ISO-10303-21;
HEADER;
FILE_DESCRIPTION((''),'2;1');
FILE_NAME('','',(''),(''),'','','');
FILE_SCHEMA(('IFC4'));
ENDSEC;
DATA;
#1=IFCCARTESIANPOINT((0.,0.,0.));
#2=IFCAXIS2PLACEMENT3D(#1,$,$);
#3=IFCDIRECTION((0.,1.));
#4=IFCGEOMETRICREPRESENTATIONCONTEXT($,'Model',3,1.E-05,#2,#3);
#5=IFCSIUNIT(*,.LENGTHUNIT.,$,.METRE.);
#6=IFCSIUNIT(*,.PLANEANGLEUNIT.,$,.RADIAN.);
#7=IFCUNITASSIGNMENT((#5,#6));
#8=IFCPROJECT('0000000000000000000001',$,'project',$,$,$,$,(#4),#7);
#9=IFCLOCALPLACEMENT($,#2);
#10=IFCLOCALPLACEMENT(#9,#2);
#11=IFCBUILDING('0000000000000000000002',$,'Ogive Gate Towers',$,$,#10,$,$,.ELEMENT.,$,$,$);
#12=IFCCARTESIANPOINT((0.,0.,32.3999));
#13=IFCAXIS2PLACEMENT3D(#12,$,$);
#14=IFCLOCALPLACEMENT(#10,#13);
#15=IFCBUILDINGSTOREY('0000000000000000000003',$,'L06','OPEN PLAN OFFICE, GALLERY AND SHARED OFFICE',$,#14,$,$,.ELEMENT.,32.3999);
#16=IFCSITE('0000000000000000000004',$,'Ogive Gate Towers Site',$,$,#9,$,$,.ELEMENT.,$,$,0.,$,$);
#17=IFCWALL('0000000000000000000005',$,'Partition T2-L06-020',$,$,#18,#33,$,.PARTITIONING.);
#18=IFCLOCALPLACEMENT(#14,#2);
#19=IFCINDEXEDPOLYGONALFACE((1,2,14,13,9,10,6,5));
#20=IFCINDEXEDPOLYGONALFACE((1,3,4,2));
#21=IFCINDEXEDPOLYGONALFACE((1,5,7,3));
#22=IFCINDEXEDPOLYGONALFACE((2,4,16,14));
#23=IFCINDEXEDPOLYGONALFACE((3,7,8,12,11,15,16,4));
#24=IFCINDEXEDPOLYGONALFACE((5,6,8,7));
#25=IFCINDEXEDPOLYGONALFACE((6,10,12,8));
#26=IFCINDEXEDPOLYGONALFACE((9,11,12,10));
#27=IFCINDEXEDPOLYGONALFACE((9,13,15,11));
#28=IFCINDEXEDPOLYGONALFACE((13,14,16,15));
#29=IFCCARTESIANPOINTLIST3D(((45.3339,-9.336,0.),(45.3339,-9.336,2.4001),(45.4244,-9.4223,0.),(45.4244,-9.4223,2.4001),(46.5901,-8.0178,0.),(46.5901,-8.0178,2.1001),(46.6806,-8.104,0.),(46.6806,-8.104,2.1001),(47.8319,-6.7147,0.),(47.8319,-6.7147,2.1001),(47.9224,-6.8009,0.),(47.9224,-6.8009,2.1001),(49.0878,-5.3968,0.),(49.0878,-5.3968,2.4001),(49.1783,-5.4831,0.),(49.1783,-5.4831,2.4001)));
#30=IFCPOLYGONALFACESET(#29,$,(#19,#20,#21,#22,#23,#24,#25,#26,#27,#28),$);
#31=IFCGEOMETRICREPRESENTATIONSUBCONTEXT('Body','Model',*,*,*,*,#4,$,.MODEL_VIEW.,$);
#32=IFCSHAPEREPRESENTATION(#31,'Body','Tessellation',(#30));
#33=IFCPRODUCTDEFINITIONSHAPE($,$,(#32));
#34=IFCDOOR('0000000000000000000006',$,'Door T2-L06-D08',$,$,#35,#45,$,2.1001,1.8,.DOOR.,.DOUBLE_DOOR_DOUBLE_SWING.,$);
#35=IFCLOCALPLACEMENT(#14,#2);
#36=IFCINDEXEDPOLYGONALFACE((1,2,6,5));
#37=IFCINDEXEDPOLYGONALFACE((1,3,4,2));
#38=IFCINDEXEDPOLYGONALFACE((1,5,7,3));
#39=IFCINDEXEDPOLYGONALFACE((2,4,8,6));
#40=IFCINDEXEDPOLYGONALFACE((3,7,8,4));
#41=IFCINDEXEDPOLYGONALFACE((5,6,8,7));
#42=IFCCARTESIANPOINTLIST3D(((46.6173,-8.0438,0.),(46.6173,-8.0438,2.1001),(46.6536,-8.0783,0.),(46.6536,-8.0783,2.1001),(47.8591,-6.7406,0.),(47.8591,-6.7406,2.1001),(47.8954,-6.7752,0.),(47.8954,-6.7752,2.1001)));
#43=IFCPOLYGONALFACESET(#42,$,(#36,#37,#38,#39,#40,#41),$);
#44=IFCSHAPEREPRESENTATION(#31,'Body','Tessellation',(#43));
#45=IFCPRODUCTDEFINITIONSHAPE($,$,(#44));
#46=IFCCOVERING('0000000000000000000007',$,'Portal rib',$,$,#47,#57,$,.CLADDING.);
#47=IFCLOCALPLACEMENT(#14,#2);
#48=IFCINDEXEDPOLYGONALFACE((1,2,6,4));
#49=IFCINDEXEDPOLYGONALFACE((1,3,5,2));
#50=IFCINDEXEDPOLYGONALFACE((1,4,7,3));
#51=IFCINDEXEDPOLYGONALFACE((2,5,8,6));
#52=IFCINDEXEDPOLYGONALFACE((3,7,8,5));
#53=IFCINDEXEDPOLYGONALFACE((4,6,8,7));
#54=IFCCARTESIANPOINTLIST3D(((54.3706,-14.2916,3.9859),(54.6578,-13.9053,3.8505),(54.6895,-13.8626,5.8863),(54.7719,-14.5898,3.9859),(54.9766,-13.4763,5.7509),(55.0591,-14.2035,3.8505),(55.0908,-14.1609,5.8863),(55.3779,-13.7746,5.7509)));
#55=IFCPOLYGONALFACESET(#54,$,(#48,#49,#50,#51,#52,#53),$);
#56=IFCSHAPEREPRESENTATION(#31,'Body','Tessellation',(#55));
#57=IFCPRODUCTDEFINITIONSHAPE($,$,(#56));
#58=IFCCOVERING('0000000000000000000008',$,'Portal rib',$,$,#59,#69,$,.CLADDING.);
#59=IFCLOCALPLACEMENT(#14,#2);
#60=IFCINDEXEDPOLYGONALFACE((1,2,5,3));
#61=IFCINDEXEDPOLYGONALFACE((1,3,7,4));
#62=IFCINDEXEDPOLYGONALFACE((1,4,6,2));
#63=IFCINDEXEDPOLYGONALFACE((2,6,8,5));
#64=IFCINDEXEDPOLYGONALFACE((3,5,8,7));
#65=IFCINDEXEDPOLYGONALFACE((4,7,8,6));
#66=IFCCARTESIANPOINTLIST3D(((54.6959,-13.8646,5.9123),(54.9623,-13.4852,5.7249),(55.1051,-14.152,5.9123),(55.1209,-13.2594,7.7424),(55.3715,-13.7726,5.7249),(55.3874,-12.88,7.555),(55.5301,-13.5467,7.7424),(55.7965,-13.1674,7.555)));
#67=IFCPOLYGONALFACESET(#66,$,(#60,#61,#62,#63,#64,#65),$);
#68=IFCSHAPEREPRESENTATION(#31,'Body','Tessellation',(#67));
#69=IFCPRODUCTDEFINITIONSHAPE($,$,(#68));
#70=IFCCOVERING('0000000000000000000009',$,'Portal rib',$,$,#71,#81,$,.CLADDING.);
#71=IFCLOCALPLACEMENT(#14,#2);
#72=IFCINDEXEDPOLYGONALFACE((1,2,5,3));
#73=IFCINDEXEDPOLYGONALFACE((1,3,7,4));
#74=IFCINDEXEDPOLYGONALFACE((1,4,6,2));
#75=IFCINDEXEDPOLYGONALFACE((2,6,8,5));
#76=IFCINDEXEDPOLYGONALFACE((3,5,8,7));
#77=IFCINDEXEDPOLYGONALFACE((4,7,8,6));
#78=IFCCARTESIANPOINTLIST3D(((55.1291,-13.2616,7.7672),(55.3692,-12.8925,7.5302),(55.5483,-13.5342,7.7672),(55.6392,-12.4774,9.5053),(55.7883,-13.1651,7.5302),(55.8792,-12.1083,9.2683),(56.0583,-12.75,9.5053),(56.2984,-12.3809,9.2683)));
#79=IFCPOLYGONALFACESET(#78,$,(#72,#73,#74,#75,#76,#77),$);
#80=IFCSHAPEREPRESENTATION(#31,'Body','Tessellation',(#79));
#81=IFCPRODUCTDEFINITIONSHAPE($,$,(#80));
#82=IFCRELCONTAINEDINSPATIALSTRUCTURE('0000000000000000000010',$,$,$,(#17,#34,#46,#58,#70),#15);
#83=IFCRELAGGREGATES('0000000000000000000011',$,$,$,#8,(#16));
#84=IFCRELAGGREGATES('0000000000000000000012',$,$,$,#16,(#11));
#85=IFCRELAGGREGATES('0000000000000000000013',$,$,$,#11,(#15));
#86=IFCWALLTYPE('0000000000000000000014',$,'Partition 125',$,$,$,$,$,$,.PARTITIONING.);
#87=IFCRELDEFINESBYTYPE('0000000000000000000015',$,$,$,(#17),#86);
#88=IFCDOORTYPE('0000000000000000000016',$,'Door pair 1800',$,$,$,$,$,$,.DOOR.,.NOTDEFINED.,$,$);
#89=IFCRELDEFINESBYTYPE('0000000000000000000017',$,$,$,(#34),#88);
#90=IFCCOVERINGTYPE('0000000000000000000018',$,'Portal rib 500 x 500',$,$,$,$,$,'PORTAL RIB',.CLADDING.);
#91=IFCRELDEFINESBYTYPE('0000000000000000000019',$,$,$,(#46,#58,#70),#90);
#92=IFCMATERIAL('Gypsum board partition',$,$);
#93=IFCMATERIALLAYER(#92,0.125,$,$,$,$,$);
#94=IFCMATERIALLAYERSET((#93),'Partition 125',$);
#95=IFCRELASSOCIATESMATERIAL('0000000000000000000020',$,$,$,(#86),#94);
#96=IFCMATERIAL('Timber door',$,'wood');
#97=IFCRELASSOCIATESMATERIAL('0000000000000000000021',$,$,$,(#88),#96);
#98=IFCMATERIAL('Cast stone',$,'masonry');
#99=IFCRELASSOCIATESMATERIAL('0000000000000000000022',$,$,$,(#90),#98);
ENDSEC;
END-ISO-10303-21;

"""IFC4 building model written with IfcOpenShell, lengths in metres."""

from ifc_helpers import new_model, si_unit, direction, frame, frame_2d, origin, origin_2d, place, context, subcontext, project, spatial, rectangle, extrude, material, layer, layer_set, material_profile, profile_set, type_object, element, fill, save


model = new_model("IFC4")

# Units and contexts
model_context = context("Model", 3, precision=1e-05, world=origin(), true_north=direction((0.0, 1.0)))
body_context = subcontext(model_context, "Body", "Model", "MODEL_VIEW")
ifc_project = project(units=[si_unit("LENGTHUNIT", "METRE"), si_unit("PLANEANGLEUNIT", "RADIAN")], contexts=[model_context])

# Site, building, storey
site_placement = place(None, origin())
site = spatial("IfcSite", under=ifc_project, at=site_placement, Name="Ogive Gate Towers Site", CompositionType="ELEMENT", RefElevation=0.0)
building_placement = place(site_placement, origin())
building = spatial("IfcBuilding", under=site, at=building_placement, Name="Ogive Gate Towers", CompositionType="ELEMENT")
storey_placement = place(building_placement, frame((0.0, 0.0, 32.3999)))
storey = spatial("IfcBuildingStorey", under=building, at=storey_placement, Name="L06", Description="OPEN PLAN OFFICE, GALLERY AND SHARED OFFICE", CompositionType="ELEMENT", Elevation=32.3999)

# Wall, opening, door
ifc_material_1 = material(Name="Timber door", Category="wood")
ifc_material_2 = material(Name="Gypsum board partition")
ifc_layer_1 = layer(ifc_material_2, 0.125)
ifc_layer_set_1 = layer_set([ifc_layer_1], Name="Partition 125")
wall_type_1 = type_object("IfcWallType", Name="Partition 125", PredefinedType="PARTITIONING", material=ifc_layer_set_1)
wall_1_placement = place(storey_placement, frame((45.3792, -9.3792, 0.0), z_axis=(0.0, 0.0, 1.0), x_axis=(0.689875, 0.723929, 0.0)))
wall_1 = element("IfcWall", 1, at=wall_1_placement, inside=storey, type_object=wall_type_1, Name="Partition T2-L06-020", PredefinedType="PARTITIONING", context=body_context, shape_type="SweptSolid", body=[
    extrude(rectangle(XDim=5.4414, YDim=0.125, at=frame_2d((2.7207, 0.0))), origin(), (0.0, 0.0, 1.0), 2.4001),
])
opening_1_placement = place(wall_1_placement, frame((1.821, 0.0, 0.0)))
opening_1 = element("IfcOpeningElement", 2, at=opening_1_placement, cuts=wall_1, PredefinedType="OPENING", context=body_context, shape_type="SweptSolid", body=[
    extrude(rectangle(XDim=1.8, YDim=2.1001, at=frame_2d((0.8999, 1.05))), frame((0.0, 0.0725, 0.0), z_axis=(0.0, -1.0, 0.0), x_axis=(1.0, 0.0, 0.0)), (0.0, 0.0, 1.0), 0.145),
])
door_type_1 = type_object("IfcDoorType", Name="Door pair 1800", OperationType="NOTDEFINED", PredefinedType="DOOR", material=ifc_material_1)
door_1_placement = place(opening_1_placement, origin())
door_1 = element("IfcDoor", 3, at=door_1_placement, inside=storey, type_object=door_type_1, Name="Door T2-L06-D08", OperationType="DOUBLE_DOOR_DOUBLE_SWING", OverallHeight=2.1001, OverallWidth=1.8, PredefinedType="DOOR", context=body_context, shape_type="SweptSolid", body=[
    extrude(rectangle(XDim=1.8, YDim=2.1001, at=frame_2d((0.8999, 1.05))), frame((0.0, 0.0249, 0.0), z_axis=(0.0, -1.0, 0.0), x_axis=(1.0, 0.0, 0.0)), (0.0, 0.0, 1.0), 0.05),
])
fill(opening_1, door_1)

# Coverings
ifc_material_3 = material(Name="Cast stone", Category="masonry")
ifc_material_profile_1 = material_profile(ifc_material_3, rectangle(XDim=0.5, YDim=0.5, at=origin_2d()), Name="500 x 500 cast stone")
ifc_profile_set_1 = profile_set([ifc_material_profile_1], Name="Cast stone")
covering_type = type_object("IfcCoveringType", Name="Portal rib 500 x 500", ElementType="PORTAL RIB", PredefinedType="CLADDING", material=ifc_profile_set_1)
covering_placement = place(storey_placement, frame((54.7148, -14.2476, 3.9182), z_axis=(0.161514, 0.217289, 0.962652), x_axis=(-0.802569, 0.596559, 0.0)))
element("IfcCovering", 4, at=covering_placement, inside=storey, type_object=covering_type, Name="Portal rib", PredefinedType="CLADDING", context=body_context, shape_type="SweptSolid", body=[
    extrude(rectangle(XDim=0.5, YDim=0.5, at=origin_2d()), origin(), (0.0, 0.0, 1.0), 1.9741),
])
for number, where, z_axis, x_axis, name in (
    (5, (55.0337, -13.8186, 5.8186), (0.215338, 0.306619, 0.927154), (-0.818347, 0.574725, 0.0), "Portal rib"),
    (6, (55.4587, -13.2134, 7.6487), (0.258392, 0.397298, 0.880561), (-0.8383, 0.545208, 0.0), "Portal rib"),
):
    element("IfcCovering", number, at=place(storey_placement, frame(where, z_axis=z_axis, x_axis=x_axis)), inside=storey, type_object=covering_type, Name=name, PredefinedType="CLADDING", context=body_context, shape_type="SweptSolid", body=[
        extrude(rectangle(XDim=0.5, YDim=0.5, at=origin_2d()), origin(), (0.0, 0.0, 1.0), 1.9739),
    ])

save(model, "model.ifc")
